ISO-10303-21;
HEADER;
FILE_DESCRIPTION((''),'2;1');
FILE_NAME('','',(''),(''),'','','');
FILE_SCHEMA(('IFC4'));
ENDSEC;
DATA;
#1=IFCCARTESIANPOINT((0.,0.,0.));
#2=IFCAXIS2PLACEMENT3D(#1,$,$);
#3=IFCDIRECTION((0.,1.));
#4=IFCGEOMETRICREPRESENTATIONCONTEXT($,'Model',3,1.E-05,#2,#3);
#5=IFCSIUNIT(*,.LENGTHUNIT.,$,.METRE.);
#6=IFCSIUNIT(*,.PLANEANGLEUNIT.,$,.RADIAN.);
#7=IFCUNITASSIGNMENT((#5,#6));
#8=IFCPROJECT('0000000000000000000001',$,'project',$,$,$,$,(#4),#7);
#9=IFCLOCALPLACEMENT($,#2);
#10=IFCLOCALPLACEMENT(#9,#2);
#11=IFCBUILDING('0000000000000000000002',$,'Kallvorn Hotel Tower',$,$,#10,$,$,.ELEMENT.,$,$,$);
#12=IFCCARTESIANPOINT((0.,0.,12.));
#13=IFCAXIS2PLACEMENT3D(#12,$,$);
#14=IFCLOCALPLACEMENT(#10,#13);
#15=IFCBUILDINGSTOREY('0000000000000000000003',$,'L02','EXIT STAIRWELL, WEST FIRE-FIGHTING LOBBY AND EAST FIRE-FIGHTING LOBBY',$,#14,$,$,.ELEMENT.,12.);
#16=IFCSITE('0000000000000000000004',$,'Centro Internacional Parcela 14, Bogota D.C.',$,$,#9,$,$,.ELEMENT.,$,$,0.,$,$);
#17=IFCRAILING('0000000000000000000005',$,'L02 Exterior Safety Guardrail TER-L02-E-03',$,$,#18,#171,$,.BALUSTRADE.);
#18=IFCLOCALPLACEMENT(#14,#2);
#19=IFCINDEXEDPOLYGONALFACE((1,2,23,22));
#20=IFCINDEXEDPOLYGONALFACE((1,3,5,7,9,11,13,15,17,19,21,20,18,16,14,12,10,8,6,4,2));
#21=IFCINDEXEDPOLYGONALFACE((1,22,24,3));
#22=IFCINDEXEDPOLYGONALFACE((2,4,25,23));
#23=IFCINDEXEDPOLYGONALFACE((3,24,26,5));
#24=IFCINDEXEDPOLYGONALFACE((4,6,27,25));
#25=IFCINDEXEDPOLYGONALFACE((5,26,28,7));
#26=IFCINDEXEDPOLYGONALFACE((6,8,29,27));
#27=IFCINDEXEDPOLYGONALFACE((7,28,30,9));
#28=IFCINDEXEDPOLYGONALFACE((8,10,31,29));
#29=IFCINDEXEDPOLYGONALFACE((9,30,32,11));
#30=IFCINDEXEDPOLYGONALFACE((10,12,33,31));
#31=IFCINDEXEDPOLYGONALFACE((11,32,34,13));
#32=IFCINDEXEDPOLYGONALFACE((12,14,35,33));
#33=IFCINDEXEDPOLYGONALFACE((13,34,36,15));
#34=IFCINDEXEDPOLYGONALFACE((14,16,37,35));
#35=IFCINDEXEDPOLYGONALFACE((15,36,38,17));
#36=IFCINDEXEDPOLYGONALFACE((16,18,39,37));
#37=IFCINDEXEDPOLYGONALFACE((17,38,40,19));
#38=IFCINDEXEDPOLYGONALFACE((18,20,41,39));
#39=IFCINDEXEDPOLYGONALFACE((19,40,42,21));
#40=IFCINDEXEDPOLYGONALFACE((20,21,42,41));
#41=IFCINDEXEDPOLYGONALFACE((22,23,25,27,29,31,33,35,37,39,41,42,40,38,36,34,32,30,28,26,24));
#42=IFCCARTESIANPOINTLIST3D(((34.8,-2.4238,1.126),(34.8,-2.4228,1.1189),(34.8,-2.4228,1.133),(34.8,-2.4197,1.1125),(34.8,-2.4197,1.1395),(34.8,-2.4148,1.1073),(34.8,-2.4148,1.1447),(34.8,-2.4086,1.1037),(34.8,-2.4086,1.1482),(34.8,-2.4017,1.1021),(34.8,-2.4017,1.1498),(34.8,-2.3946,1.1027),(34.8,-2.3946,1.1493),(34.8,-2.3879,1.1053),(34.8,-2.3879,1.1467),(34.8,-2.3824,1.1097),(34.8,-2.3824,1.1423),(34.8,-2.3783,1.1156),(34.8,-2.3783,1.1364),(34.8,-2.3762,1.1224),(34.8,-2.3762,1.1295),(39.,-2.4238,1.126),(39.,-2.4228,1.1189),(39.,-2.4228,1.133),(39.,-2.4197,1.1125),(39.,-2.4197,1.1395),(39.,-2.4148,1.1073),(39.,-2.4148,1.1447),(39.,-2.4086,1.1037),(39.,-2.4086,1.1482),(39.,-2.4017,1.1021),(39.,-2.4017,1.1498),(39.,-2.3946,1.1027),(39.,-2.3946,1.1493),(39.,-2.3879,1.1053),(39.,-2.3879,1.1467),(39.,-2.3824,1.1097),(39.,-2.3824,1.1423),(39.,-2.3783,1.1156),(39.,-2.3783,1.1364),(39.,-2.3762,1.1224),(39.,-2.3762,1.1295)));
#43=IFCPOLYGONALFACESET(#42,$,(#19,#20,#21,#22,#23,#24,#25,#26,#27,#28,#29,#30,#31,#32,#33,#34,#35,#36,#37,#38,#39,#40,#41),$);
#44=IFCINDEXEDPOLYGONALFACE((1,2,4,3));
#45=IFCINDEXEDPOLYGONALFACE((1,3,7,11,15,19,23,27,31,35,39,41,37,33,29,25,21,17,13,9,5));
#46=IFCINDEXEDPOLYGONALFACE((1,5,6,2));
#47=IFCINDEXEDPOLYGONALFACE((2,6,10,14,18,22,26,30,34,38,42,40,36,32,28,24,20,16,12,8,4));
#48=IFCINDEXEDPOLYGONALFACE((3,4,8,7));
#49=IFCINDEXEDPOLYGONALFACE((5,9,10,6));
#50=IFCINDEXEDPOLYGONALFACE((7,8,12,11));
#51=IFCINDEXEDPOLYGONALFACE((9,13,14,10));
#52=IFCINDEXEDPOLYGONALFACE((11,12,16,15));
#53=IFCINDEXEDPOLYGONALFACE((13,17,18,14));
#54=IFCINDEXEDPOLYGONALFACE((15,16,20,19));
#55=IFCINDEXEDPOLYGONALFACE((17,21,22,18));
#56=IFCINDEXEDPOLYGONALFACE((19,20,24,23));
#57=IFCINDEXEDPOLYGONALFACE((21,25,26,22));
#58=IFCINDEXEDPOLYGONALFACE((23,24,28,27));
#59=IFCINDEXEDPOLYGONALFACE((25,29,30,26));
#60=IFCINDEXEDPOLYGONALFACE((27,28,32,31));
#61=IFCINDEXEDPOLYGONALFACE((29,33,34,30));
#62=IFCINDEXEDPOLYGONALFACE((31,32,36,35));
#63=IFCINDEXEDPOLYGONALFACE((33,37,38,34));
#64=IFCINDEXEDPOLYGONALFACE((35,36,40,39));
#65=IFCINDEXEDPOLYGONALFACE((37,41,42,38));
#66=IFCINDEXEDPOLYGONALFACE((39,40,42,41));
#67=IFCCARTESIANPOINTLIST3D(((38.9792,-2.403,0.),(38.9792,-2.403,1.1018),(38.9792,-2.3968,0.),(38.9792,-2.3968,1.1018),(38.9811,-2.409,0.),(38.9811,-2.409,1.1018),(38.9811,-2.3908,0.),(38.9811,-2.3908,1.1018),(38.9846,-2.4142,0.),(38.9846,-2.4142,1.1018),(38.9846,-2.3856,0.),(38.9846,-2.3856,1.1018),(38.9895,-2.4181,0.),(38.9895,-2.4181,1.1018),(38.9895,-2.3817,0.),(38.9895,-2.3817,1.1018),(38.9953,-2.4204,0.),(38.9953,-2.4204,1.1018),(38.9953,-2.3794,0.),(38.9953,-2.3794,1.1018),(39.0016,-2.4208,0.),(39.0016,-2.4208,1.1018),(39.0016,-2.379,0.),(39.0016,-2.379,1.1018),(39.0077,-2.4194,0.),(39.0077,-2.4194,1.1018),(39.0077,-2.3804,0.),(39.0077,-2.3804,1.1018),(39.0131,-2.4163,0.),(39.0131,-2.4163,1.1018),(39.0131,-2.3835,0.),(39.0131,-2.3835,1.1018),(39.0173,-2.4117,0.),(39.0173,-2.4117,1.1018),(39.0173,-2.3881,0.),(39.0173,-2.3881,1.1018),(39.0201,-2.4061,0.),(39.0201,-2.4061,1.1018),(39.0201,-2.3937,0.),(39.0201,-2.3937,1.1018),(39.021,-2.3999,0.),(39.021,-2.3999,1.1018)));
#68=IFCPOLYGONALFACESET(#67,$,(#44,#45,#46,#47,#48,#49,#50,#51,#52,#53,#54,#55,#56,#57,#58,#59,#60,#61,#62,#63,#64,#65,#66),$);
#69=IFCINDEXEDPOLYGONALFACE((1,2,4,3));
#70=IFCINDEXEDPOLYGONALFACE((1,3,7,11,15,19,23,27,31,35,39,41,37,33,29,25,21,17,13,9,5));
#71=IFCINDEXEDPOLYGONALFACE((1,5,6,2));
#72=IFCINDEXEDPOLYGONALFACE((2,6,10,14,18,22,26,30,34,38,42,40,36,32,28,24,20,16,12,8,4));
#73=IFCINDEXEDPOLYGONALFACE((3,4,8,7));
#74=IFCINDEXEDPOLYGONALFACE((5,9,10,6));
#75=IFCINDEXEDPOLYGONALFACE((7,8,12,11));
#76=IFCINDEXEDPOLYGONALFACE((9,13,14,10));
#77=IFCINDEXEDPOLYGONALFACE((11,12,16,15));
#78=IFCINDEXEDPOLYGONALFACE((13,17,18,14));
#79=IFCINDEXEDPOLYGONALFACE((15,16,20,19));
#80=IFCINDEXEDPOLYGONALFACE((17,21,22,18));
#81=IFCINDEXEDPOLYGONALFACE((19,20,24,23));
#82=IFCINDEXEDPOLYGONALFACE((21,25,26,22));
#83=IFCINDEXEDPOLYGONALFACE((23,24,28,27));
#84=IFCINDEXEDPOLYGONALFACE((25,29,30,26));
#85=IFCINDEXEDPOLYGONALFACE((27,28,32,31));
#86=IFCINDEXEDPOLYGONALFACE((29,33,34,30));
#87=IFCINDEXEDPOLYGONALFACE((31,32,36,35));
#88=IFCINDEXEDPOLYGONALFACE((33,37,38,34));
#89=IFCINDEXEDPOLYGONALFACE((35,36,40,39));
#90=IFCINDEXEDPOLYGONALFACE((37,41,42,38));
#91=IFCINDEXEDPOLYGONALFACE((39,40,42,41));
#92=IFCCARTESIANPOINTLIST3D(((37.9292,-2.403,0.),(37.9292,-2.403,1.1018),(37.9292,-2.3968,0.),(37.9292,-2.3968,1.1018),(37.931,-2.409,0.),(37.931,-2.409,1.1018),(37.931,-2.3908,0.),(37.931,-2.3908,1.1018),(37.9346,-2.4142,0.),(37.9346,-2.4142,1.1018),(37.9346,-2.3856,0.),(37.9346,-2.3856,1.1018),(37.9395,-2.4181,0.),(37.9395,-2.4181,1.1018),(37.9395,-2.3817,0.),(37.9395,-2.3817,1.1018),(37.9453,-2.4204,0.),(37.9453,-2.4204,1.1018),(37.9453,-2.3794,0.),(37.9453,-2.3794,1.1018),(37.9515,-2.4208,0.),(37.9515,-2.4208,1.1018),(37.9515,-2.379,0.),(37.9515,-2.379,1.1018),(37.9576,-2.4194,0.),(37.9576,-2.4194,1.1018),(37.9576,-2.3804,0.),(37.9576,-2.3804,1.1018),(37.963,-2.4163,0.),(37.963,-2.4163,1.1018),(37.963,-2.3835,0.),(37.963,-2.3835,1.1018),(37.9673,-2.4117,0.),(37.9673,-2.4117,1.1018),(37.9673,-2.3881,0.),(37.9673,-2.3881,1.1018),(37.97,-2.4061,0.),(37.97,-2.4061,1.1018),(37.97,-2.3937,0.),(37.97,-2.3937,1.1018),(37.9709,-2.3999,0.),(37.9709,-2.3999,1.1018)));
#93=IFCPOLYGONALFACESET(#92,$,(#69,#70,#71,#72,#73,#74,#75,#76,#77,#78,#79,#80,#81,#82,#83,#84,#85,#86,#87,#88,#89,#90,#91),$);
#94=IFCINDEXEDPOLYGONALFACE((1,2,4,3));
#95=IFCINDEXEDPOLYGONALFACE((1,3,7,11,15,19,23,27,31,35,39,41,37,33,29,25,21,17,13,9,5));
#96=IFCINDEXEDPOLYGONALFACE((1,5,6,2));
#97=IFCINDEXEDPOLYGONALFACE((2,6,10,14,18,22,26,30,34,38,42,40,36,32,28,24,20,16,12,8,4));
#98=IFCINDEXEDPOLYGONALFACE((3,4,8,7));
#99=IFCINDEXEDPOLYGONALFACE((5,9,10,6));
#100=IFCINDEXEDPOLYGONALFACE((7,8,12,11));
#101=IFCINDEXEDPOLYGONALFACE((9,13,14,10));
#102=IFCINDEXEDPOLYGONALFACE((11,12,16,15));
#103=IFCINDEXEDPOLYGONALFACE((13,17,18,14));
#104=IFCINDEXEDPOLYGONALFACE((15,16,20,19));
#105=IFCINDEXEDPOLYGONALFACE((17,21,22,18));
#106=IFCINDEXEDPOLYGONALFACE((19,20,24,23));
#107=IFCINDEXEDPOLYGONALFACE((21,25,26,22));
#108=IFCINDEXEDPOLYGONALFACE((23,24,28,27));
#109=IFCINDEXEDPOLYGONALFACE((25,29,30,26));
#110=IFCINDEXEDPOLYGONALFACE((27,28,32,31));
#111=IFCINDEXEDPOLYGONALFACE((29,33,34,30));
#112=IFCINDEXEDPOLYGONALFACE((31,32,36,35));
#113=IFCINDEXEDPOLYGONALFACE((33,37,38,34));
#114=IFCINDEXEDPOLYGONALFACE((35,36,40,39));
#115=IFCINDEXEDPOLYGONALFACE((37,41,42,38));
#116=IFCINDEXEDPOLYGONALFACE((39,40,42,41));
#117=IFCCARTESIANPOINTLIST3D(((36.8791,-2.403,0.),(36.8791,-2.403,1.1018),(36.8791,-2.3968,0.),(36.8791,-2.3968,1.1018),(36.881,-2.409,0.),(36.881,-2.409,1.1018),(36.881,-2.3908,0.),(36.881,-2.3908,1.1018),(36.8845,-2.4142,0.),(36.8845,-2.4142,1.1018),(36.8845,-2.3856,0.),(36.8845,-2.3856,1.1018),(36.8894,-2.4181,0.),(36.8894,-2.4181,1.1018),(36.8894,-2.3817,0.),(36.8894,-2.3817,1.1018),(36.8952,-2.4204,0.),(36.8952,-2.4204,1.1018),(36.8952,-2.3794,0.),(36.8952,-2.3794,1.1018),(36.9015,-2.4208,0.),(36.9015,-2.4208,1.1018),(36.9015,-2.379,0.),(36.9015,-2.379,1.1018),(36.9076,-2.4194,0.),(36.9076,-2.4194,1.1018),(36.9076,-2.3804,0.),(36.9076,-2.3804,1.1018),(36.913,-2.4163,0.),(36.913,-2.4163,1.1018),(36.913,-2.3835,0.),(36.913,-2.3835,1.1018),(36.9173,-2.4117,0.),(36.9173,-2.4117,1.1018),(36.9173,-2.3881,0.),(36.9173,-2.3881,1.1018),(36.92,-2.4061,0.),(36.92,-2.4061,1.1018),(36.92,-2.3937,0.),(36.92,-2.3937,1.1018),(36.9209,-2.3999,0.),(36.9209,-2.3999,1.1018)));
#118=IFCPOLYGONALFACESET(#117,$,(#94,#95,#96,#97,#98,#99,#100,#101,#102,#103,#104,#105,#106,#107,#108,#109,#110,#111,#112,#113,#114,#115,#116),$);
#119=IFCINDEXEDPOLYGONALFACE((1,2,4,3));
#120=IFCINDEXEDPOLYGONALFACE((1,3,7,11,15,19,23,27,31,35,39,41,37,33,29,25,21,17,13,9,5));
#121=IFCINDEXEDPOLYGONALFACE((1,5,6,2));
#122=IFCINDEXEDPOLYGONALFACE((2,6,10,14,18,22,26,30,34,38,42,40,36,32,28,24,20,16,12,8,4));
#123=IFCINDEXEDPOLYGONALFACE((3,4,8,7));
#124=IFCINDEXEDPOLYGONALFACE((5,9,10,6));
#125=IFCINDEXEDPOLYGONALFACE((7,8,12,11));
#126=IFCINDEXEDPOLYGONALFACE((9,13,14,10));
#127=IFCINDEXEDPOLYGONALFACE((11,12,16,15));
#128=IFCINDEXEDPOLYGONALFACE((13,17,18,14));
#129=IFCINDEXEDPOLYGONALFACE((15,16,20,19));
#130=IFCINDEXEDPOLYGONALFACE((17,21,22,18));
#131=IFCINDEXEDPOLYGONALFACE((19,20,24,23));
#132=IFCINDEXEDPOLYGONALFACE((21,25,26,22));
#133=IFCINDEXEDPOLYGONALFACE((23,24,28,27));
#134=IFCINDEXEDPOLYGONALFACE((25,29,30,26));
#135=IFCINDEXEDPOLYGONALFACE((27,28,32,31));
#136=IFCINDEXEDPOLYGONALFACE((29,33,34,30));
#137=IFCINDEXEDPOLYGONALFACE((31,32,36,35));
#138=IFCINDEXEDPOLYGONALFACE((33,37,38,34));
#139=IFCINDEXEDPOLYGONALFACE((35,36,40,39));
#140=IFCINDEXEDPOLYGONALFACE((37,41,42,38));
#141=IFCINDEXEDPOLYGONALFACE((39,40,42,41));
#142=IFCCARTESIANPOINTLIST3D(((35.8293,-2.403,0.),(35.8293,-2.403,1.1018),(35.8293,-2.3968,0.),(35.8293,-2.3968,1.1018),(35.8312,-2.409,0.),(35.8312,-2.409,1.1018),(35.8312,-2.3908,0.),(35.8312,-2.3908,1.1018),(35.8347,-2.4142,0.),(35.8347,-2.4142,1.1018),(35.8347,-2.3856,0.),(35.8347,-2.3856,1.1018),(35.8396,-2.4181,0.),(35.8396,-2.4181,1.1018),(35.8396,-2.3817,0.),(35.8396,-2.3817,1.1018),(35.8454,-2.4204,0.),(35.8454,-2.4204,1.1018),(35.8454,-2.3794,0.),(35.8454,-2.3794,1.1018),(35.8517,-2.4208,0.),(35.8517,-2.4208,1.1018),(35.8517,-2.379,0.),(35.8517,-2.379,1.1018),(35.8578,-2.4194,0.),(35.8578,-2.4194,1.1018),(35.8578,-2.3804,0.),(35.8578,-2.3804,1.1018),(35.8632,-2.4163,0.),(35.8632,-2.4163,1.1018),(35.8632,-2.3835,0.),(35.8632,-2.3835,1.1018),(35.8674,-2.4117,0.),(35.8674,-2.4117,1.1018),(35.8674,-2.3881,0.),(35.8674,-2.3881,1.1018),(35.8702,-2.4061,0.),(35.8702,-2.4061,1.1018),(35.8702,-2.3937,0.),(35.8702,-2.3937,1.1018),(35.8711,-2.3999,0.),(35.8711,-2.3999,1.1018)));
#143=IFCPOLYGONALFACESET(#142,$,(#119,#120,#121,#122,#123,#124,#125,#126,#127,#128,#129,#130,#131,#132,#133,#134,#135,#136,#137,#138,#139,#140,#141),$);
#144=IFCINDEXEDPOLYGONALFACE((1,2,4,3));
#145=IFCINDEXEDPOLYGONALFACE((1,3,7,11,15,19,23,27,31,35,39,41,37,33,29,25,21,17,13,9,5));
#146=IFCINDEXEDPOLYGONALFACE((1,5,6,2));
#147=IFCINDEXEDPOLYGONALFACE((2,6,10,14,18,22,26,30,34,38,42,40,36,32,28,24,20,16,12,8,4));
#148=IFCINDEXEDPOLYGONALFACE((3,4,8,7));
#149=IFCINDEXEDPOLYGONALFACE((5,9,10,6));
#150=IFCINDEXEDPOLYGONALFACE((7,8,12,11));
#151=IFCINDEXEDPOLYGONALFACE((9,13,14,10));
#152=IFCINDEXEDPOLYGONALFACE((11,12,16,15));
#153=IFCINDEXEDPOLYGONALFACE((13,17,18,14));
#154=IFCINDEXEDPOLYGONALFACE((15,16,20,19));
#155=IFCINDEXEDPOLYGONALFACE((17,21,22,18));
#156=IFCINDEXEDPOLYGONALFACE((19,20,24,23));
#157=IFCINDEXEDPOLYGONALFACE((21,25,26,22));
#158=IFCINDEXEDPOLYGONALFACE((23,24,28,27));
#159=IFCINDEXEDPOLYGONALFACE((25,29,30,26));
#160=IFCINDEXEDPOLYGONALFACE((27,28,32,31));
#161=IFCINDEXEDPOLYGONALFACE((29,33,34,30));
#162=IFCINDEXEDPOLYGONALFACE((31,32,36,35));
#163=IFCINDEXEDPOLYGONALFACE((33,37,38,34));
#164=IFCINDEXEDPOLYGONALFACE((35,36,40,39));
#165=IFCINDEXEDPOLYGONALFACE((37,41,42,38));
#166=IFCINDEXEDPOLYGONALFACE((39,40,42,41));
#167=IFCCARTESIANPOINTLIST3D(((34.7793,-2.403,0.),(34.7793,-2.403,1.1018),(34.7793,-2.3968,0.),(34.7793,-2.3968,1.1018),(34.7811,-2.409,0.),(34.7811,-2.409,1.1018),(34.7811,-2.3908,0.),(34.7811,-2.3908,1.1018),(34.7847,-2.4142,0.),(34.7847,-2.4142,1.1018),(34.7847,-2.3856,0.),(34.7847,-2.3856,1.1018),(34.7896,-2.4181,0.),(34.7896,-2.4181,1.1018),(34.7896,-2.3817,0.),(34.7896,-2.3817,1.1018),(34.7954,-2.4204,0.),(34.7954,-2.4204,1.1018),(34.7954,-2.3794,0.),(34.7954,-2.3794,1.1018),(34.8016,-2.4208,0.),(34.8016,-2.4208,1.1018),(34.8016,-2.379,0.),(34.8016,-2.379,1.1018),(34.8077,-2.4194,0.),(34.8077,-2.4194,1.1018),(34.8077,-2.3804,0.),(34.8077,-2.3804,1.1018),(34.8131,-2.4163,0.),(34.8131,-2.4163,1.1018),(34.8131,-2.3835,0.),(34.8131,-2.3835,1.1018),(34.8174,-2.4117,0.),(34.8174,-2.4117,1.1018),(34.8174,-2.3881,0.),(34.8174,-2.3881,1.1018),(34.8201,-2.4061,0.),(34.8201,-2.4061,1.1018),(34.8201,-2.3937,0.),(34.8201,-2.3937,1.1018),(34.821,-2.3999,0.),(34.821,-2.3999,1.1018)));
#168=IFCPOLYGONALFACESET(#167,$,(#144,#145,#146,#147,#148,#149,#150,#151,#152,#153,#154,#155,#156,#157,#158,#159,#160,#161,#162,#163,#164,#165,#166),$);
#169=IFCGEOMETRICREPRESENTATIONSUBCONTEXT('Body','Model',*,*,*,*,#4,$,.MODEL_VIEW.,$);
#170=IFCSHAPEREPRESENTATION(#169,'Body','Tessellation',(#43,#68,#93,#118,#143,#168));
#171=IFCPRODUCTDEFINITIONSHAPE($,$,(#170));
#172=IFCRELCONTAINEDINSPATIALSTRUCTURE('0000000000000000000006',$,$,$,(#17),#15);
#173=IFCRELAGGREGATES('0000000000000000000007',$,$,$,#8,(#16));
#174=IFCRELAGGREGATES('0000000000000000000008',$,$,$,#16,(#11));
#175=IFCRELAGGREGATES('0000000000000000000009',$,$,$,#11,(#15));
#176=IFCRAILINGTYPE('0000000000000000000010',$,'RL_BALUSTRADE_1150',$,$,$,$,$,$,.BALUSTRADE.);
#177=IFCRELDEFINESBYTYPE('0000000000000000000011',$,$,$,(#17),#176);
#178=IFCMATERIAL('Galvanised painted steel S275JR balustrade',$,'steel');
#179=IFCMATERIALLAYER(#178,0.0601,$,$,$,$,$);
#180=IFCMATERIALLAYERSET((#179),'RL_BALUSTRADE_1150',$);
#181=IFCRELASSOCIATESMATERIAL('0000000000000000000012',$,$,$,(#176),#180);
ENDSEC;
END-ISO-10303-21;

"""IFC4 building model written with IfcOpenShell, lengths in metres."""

from ifc_helpers import new_model, si_unit, direction, frame, origin, origin_2d, place, context, subcontext, project, spatial, circle, extrude, material, layer, layer_set, type_object, element, save


model = new_model("IFC4")

# Units and contexts
model_context = context("Model", 3, precision=1e-05, world=origin(), true_north=direction((0.0, 1.0)))
body_context = subcontext(model_context, "Body", "Model", "MODEL_VIEW")
ifc_project = project(units=[si_unit("LENGTHUNIT", "METRE"), si_unit("PLANEANGLEUNIT", "RADIAN")], contexts=[model_context])

# Site, building, storey
site_placement = place(None, origin())
site = spatial("IfcSite", under=ifc_project, at=site_placement, Name="Centro Internacional Parcela 14, Bogota D.C.", CompositionType="ELEMENT", RefElevation=0.0)
building_placement = place(site_placement, origin())
building = spatial("IfcBuilding", under=site, at=building_placement, Name="Kallvorn Hotel Tower", CompositionType="ELEMENT")
storey_placement = place(building_placement, frame((0.0, 0.0, 12.0)))
storey = spatial("IfcBuildingStorey", under=building, at=storey_placement, Name="L02", Description="EXIT STAIRWELL, WEST FIRE-FIGHTING LOBBY AND EAST FIRE-FIGHTING LOBBY", CompositionType="ELEMENT", Elevation=12.0)

# Railing
ifc_material_1 = material(Name="Galvanised painted steel S275JR balustrade", Category="steel")
ifc_layer_1 = layer(ifc_material_1, 0.0601)
ifc_layer_set_1 = layer_set([ifc_layer_1], Name="RL_BALUSTRADE_1150")
railing_type = type_object("IfcRailingType", Name="RL_BALUSTRADE_1150", PredefinedType="BALUSTRADE", material=ifc_layer_set_1)
railing_1_placement = place(storey_placement, frame((39.0, -2.3999, 0.0)))
element("IfcRailing", 1, at=railing_1_placement, inside=storey, type_object=railing_type, Name="L02 Exterior Safety Guardrail TER-L02-E-03", PredefinedType="BALUSTRADE", context=body_context, shape_type="SweptSolid", body=[
    extrude(circle(Radius=0.0239, at=origin_2d()), frame((0.0, 0.0, 1.126), z_axis=(-1.0, 0.0, 0.0), x_axis=(0.0, -1.0, 0.0)), (0.0, 0.0, 1.0), 4.2),
    extrude(circle(Radius=0.021, at=origin_2d()), origin(), (0.0, 0.0, 1.0), 1.1018),
    extrude(circle(Radius=0.021, at=origin_2d()), frame((-1.05, 0.0, 0.0)), (0.0, 0.0, 1.0), 1.1018),
    extrude(circle(Radius=0.021, at=origin_2d()), frame((-2.1001, 0.0, 0.0)), (0.0, 0.0, 1.0), 1.1018),
    extrude(circle(Radius=0.021, at=origin_2d()), frame((-3.1499, 0.0, 0.0)), (0.0, 0.0, 1.0), 1.1018),
    extrude(circle(Radius=0.021, at=origin_2d()), frame((-4.2, 0.0, 0.0)), (0.0, 0.0, 1.0), 1.1018),
])

save(model, "model.ifc")
